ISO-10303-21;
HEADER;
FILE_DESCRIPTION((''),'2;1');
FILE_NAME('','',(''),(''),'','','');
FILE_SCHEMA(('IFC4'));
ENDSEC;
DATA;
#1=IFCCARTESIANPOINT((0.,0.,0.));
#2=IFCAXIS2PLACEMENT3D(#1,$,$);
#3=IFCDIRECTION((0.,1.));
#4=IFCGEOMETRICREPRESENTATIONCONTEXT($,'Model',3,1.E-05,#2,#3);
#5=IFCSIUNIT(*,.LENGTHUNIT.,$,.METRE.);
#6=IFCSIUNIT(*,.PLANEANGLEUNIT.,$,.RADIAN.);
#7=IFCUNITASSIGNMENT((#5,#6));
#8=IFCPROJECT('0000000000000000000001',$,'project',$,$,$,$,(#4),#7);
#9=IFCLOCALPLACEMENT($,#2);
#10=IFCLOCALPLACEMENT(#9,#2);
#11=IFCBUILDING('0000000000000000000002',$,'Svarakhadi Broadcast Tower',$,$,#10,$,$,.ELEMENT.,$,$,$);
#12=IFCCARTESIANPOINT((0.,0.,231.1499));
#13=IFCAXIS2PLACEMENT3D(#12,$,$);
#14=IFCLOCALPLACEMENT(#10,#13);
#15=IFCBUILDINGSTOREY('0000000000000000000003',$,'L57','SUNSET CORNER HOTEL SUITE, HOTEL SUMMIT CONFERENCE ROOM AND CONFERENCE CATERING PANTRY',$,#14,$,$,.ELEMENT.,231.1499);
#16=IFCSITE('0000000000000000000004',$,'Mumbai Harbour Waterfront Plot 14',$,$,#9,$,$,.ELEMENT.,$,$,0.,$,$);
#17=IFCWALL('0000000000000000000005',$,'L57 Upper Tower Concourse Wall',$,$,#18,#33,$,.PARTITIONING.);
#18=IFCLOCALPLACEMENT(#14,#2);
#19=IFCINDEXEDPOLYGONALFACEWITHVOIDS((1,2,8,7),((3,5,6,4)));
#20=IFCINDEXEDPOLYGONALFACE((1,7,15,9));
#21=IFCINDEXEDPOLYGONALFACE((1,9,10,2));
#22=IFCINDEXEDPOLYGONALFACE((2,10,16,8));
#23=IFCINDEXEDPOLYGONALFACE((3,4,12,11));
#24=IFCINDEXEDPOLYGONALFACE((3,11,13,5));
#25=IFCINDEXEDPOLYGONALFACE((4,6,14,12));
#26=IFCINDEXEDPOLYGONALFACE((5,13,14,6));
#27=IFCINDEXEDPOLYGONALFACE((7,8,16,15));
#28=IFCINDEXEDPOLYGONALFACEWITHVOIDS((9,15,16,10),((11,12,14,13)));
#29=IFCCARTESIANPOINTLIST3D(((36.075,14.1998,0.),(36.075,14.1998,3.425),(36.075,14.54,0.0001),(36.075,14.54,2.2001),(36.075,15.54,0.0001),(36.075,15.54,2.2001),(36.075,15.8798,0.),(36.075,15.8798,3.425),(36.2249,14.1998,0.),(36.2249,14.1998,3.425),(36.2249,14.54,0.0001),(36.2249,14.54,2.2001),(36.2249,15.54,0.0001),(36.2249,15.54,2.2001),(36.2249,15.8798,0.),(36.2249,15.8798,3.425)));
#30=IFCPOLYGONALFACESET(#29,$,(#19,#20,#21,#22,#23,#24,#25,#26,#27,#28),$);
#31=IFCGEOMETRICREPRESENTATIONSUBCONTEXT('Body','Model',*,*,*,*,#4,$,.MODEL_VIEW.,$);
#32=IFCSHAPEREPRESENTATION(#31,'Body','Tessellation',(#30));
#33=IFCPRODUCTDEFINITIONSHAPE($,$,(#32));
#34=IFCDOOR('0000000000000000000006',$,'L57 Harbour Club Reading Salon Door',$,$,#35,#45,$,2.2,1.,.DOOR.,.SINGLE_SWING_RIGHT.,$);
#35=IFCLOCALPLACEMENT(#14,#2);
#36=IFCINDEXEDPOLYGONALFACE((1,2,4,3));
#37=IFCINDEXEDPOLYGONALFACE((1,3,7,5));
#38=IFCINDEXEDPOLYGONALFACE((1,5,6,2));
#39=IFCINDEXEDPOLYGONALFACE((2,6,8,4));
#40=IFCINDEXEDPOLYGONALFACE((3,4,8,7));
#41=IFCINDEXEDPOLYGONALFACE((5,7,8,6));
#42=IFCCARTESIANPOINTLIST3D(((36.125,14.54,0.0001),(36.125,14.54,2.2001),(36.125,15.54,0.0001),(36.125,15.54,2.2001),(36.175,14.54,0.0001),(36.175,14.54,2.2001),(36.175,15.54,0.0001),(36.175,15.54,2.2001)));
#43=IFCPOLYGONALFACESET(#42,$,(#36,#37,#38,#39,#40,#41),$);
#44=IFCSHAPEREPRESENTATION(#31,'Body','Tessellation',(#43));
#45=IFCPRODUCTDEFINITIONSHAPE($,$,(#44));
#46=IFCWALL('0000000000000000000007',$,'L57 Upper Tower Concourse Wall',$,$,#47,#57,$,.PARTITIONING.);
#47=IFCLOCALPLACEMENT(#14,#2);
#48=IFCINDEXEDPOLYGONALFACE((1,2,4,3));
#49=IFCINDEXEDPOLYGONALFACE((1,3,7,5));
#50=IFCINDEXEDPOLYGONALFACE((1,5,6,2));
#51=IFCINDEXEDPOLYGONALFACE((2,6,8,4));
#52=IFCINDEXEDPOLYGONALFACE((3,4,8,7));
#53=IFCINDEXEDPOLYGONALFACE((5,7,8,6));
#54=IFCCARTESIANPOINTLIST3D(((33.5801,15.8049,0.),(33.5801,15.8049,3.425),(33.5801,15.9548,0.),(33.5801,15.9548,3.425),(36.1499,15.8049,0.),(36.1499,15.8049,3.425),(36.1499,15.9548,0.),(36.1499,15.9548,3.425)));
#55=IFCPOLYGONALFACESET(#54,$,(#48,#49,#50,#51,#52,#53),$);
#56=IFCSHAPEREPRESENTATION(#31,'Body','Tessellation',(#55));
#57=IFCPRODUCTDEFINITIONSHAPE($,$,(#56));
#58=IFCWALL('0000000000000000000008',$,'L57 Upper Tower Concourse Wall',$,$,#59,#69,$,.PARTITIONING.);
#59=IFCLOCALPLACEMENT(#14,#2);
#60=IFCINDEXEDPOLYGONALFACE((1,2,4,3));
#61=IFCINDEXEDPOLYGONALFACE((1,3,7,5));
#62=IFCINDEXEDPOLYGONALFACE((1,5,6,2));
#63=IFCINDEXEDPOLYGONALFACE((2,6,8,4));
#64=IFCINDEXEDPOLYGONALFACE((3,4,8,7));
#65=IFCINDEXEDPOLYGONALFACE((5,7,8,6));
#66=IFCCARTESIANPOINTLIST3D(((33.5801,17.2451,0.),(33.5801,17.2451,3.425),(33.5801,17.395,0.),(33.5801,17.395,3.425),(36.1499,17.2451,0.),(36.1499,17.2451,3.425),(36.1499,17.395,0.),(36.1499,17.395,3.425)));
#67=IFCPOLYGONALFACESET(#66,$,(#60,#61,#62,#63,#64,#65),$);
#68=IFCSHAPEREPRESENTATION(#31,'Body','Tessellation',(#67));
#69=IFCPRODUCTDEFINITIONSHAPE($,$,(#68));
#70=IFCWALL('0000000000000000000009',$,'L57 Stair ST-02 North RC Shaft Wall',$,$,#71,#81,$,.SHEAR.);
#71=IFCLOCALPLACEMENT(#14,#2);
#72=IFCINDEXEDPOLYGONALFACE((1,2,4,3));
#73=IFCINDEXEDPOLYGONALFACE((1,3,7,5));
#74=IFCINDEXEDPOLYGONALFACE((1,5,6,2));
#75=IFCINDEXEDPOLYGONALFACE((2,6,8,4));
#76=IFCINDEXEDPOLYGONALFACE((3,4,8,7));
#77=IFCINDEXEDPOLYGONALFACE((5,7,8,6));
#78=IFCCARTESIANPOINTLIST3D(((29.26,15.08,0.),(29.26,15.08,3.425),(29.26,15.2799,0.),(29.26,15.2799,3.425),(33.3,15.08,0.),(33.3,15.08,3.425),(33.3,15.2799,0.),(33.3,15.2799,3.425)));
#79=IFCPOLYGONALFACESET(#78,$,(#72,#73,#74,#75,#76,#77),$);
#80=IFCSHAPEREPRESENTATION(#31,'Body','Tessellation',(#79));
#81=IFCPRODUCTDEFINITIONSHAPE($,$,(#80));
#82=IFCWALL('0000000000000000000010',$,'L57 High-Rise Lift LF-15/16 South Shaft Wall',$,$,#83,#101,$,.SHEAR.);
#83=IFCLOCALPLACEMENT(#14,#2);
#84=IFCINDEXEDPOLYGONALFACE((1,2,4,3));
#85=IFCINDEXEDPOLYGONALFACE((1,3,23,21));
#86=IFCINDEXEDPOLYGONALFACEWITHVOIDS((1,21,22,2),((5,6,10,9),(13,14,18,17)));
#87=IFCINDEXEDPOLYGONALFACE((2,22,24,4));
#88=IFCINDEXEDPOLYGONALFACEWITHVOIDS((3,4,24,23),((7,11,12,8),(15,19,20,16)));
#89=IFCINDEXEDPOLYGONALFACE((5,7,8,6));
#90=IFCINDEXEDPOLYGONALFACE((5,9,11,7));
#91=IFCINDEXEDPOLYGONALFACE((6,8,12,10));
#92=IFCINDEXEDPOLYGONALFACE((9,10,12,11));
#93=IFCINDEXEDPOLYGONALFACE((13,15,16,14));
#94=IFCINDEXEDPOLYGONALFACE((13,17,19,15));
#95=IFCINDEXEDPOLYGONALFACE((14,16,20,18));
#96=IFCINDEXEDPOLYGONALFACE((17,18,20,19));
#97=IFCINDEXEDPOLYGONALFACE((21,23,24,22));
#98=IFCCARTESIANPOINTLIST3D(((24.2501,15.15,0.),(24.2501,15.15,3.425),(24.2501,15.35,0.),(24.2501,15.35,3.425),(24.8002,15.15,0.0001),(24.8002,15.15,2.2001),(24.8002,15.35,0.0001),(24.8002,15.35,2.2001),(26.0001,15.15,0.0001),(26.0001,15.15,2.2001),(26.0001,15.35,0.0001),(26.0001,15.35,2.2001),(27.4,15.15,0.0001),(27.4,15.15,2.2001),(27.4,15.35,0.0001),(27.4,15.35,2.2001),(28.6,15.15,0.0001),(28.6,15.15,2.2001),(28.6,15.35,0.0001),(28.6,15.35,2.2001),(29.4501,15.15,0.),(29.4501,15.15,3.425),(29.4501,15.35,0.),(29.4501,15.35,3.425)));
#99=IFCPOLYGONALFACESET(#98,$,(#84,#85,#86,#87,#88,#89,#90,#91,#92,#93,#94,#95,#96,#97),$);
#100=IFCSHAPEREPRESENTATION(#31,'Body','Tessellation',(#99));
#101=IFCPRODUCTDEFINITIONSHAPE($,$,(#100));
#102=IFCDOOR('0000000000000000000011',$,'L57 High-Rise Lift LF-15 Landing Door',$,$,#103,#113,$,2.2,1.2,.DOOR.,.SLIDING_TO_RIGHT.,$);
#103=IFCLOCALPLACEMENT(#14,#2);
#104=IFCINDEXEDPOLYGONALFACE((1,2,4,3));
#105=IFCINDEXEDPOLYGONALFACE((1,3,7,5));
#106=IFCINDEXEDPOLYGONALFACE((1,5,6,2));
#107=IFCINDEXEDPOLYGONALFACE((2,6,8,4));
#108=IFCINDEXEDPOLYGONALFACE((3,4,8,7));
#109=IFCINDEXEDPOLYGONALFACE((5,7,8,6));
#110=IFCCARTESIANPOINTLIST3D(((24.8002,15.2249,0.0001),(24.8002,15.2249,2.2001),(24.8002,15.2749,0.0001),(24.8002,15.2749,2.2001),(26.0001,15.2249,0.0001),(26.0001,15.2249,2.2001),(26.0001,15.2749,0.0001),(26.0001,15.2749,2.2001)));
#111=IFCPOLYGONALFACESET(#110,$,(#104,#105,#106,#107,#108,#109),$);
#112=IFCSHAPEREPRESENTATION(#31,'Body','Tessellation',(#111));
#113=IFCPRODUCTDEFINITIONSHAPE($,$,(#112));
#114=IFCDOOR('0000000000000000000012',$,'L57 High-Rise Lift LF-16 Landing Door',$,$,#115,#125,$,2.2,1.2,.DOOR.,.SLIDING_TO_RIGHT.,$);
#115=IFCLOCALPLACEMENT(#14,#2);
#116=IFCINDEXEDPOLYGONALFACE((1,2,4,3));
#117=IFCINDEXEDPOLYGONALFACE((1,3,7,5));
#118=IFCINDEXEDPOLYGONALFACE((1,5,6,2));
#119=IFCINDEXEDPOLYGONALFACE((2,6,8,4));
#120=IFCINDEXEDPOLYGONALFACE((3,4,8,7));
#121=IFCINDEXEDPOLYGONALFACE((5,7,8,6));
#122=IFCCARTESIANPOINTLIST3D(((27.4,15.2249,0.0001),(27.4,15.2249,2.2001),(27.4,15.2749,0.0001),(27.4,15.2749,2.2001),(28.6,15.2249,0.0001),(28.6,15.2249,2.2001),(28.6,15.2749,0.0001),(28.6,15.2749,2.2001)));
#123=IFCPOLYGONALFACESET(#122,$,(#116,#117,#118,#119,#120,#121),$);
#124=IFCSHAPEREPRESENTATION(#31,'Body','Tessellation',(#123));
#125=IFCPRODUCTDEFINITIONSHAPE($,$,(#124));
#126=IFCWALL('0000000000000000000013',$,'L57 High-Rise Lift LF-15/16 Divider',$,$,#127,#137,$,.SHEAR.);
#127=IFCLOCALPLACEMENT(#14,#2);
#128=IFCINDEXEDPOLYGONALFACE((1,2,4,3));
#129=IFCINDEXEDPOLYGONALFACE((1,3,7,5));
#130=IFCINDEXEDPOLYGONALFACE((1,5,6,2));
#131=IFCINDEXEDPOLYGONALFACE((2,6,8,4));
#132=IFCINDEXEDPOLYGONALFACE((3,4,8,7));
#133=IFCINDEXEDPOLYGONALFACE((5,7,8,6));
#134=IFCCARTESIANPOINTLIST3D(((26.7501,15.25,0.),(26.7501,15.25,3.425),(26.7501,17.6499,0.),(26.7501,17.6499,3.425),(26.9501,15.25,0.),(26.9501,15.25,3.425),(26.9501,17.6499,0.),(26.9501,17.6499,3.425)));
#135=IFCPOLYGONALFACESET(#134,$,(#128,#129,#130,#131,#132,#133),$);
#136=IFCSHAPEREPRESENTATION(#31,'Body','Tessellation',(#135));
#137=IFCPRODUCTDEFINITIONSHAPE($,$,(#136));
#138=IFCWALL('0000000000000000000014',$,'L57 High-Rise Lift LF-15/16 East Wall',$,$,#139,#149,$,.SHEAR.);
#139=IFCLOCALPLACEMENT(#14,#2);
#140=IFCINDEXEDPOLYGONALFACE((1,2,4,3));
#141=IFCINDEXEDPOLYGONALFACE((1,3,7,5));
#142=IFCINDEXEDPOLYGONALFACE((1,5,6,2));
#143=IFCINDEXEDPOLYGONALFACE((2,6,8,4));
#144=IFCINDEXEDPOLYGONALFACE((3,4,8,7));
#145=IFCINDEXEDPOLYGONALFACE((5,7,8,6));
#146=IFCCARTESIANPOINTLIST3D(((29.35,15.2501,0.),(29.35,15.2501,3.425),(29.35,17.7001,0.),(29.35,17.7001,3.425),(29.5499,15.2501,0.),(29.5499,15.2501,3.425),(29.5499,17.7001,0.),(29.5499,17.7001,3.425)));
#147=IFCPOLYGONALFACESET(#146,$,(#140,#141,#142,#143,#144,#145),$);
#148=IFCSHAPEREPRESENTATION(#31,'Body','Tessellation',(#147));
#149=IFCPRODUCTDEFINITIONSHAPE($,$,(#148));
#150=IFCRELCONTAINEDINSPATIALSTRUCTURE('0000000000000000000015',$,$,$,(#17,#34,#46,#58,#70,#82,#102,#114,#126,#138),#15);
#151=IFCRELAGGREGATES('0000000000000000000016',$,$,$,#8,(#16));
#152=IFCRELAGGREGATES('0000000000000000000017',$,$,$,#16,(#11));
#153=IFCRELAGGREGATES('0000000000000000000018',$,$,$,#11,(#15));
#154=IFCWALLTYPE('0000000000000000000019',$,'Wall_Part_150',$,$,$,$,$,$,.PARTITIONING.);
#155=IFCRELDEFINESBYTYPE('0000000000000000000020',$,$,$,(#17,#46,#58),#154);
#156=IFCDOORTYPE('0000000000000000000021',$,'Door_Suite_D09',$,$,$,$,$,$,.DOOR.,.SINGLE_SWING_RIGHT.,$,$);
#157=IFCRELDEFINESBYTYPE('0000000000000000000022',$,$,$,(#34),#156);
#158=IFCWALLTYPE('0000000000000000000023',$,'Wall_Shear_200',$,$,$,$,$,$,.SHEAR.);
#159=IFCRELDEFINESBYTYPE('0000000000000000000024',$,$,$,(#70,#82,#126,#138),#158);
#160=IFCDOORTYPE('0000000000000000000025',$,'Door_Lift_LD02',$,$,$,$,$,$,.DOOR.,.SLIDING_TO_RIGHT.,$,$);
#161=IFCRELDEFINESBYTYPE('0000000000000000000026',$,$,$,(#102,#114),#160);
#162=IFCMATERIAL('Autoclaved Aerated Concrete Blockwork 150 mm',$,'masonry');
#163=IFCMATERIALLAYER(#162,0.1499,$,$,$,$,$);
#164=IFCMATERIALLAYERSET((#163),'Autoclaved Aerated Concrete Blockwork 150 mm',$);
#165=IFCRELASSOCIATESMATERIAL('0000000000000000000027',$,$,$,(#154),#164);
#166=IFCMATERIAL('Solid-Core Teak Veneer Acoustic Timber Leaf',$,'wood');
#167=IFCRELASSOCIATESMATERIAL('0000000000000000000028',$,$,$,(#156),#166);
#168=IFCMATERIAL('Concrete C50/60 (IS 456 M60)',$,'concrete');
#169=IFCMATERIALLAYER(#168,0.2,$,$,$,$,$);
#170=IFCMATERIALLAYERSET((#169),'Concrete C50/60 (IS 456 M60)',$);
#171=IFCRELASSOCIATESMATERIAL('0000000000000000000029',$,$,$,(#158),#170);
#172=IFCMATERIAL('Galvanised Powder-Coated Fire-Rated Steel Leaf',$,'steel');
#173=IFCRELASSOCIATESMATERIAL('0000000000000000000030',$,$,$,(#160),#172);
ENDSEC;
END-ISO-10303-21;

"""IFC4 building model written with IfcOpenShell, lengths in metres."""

from ifc_helpers import new_model, si_unit, direction, frame, frame_2d, origin, place, context, subcontext, project, spatial, rectangle, extrude, material, layer, layer_set, type_object, element, fill, save


model = new_model("IFC4")

# Units and contexts
model_context = context("Model", 3, precision=1e-05, world=origin(), true_north=direction((0.0, 1.0)))
body_context = subcontext(model_context, "Body", "Model", "MODEL_VIEW")
ifc_project = project(units=[si_unit("LENGTHUNIT", "METRE"), si_unit("PLANEANGLEUNIT", "RADIAN")], contexts=[model_context])

# Site, building, storey
site_placement = place(None, origin())
site = spatial("IfcSite", under=ifc_project, at=site_placement, Name="Mumbai Harbour Waterfront Plot 14", CompositionType="ELEMENT", RefElevation=0.0)
building_placement = place(site_placement, origin())
building = spatial("IfcBuilding", under=site, at=building_placement, Name="Svarakhadi Broadcast Tower", CompositionType="ELEMENT")
storey_placement = place(building_placement, frame((0.0, 0.0, 231.1499)))
storey = spatial("IfcBuildingStorey", under=building, at=storey_placement, Name="L57", Description="SUNSET CORNER HOTEL SUITE, HOTEL SUMMIT CONFERENCE ROOM AND CONFERENCE CATERING PANTRY", CompositionType="ELEMENT", Elevation=231.1499)

# Shared definitions
ifc_material_1 = material(Name="Concrete C50/60 (IS 456 M60)", Category="concrete")

# Shared definitions
ifc_material_2 = material(Name="Autoclaved Aerated Concrete Blockwork 150 mm", Category="masonry")
ifc_layer_1 = layer(ifc_material_2, 0.1499)
ifc_layer_set_1 = layer_set([ifc_layer_1], Name="Autoclaved Aerated Concrete Blockwork 150 mm")
wall_type_1 = type_object("IfcWallType", Name="Wall_Part_150", PredefinedType="PARTITIONING", material=ifc_layer_set_1)
ifc_material_3 = material(Name="Galvanised Powder-Coated Fire-Rated Steel Leaf", Category="steel")

# Wall, opening, door
wall_1_placement = place(storey_placement, frame((36.1499, 14.2, 0.0), z_axis=(0.0, 0.0, 1.0), x_axis=(0.0, 1.0, 0.0)))
wall_1 = element("IfcWall", 1, at=wall_1_placement, inside=storey, type_object=wall_type_1, Name="L57 Upper Tower Concourse Wall", PredefinedType="PARTITIONING", context=body_context, shape_type="SweptSolid", body=[
    extrude(rectangle(XDim=1.6799, YDim=0.1499, at=frame_2d((0.8398, 0.0))), origin(), (0.0, 0.0, 1.0), 3.425),
])
opening_1_placement = place(wall_1_placement, frame((0.3401, 0.0, 0.0)))
opening_1 = element("IfcOpeningElement", 2, at=opening_1_placement, cuts=wall_1, PredefinedType="OPENING", context=body_context, shape_type="SweptSolid", body=[
    extrude(rectangle(XDim=1.0, YDim=2.2, at=frame_2d((0.5, 1.1001))), frame((0.0, 0.085, 0.0), z_axis=(0.0, -1.0, 0.0), x_axis=(1.0, 0.0, 0.0)), (0.0, 0.0, 1.0), 0.1699),
])
ifc_material_4 = material(Name="Solid-Core Teak Veneer Acoustic Timber Leaf", Category="wood")
door_type_1 = type_object("IfcDoorType", Name="Door_Suite_D09", OperationType="SINGLE_SWING_RIGHT", PredefinedType="DOOR", material=ifc_material_4)
door_1_placement = place(opening_1_placement, origin())
door_1 = element("IfcDoor", 3, at=door_1_placement, inside=storey, type_object=door_type_1, Name="L57 Harbour Club Reading Salon Door", OperationType="SINGLE_SWING_RIGHT", OverallHeight=2.2, OverallWidth=1.0, PredefinedType="DOOR", context=body_context, shape_type="SweptSolid", body=[
    extrude(rectangle(XDim=1.0, YDim=2.2, at=frame_2d((0.5, 1.1001))), frame((0.0, 0.0249, 0.0), z_axis=(0.0, -1.0, 0.0), x_axis=(1.0, 0.0, 0.0)), (0.0, 0.0, 1.0), 0.05),
])
fill(opening_1, door_1)

# Walls
for number, where, z_axis, x_axis, name in (
    (4, (36.1499, 15.8799, 0.0), (0.0, 0.0, 1.0), (-1.0, 0.0, 0.0), "L57 Upper Tower Concourse Wall"),
    (5, (33.5801, 17.3201, 0.0), (0.0, 0.0, 1.0), (1.0, 0.0, 0.0), "L57 Upper Tower Concourse Wall"),
):
    element("IfcWall", number, at=place(storey_placement, frame(where, z_axis=z_axis, x_axis=x_axis)), inside=storey, type_object=wall_type_1, Name=name, PredefinedType="PARTITIONING", context=body_context, shape_type="SweptSolid", body=[
        extrude(rectangle(XDim=2.5698, YDim=0.1499, at=frame_2d((1.2849, 0.0))), origin(), (0.0, 0.0, 1.0), 3.425),
    ])
ifc_layer_2 = layer(ifc_material_1, 0.2)
ifc_layer_set_2 = layer_set([ifc_layer_2], Name="Concrete C50/60 (IS 456 M60)")
wall_type_2 = type_object("IfcWallType", Name="Wall_Shear_200", PredefinedType="SHEAR", material=ifc_layer_set_2)
wall_2_placement = place(storey_placement, frame((29.26, 15.1799, 0.0), z_axis=(0.0, 0.0, 1.0), x_axis=(1.0, 0.0, 0.0)))
element("IfcWall", 6, at=wall_2_placement, inside=storey, type_object=wall_type_2, Name="L57 Stair ST-02 North RC Shaft Wall", PredefinedType="SHEAR", context=body_context, shape_type="SweptSolid", body=[
    extrude(rectangle(XDim=4.04, YDim=0.2, at=frame_2d((2.02, 0.0))), origin(), (0.0, 0.0, 1.0), 3.425),
])

# Wall, openings, doors
wall_3_placement = place(storey_placement, frame((24.25, 15.25, 0.0), z_axis=(0.0, 0.0, 1.0), x_axis=(1.0, 0.0, 0.0)))
wall_3 = element("IfcWall", 7, at=wall_3_placement, inside=storey, type_object=wall_type_2, Name="L57 High-Rise Lift LF-15/16 South Shaft Wall", PredefinedType="SHEAR", context=body_context, shape_type="SweptSolid", body=[
    extrude(rectangle(XDim=5.2, YDim=0.2, at=frame_2d((2.6001, 0.0))), origin(), (0.0, 0.0, 1.0), 3.425),
])
opening_2_placement = place(wall_3_placement, frame((0.55, 0.0, 0.0)))
opening_2 = element("IfcOpeningElement", 8, at=opening_2_placement, cuts=wall_3, PredefinedType="OPENING", context=body_context, shape_type="SweptSolid", body=[
    extrude(rectangle(XDim=1.2, YDim=2.2, at=frame_2d((0.6001, 1.1001))), frame((0.0, 0.1099, 0.0), z_axis=(0.0, -1.0, 0.0), x_axis=(1.0, 0.0, 0.0)), (0.0, 0.0, 1.0), 0.22),
])
opening_3_placement = place(wall_3_placement, frame((3.1499, 0.0, 0.0)))
opening_3 = element("IfcOpeningElement", 9, at=opening_3_placement, cuts=wall_3, PredefinedType="OPENING", context=body_context, shape_type="SweptSolid", body=[
    extrude(rectangle(XDim=1.2, YDim=2.2, at=frame_2d((0.6001, 1.1001))), frame((0.0, 0.1099, 0.0), z_axis=(0.0, -1.0, 0.0), x_axis=(1.0, 0.0, 0.0)), (0.0, 0.0, 1.0), 0.22),
])
door_type_2 = type_object("IfcDoorType", Name="Door_Lift_LD02", OperationType="SLIDING_TO_RIGHT", PredefinedType="DOOR", material=ifc_material_3)
door_2_placement = place(opening_2_placement, origin())
door_2 = element("IfcDoor", 10, at=door_2_placement, inside=storey, type_object=door_type_2, Name="L57 High-Rise Lift LF-15 Landing Door", OperationType="SLIDING_TO_RIGHT", OverallHeight=2.2, OverallWidth=1.2, PredefinedType="DOOR", context=body_context, shape_type="SweptSolid", body=[
    extrude(rectangle(XDim=1.2, YDim=2.2, at=frame_2d((0.6001, 1.1001))), frame((0.0, 0.0249, 0.0), z_axis=(0.0, -1.0, 0.0), x_axis=(1.0, 0.0, 0.0)), (0.0, 0.0, 1.0), 0.05),
])
fill(opening_2, door_2)
door_3_placement = place(opening_3_placement, origin())
door_3 = element("IfcDoor", 11, at=door_3_placement, inside=storey, type_object=door_type_2, Name="L57 High-Rise Lift LF-16 Landing Door", OperationType="SLIDING_TO_RIGHT", OverallHeight=2.2, OverallWidth=1.2, PredefinedType="DOOR", context=body_context, shape_type="SweptSolid", body=[
    extrude(rectangle(XDim=1.2, YDim=2.2, at=frame_2d((0.6001, 1.1001))), frame((0.0, 0.0249, 0.0), z_axis=(0.0, -1.0, 0.0), x_axis=(1.0, 0.0, 0.0)), (0.0, 0.0, 1.0), 0.05),
])
fill(opening_3, door_3)

# Walls
wall_4_placement = place(storey_placement, frame((26.8501, 15.25, 0.0), z_axis=(0.0, 0.0, 1.0), x_axis=(0.0, 1.0, 0.0)))
element("IfcWall", 12, at=wall_4_placement, inside=storey, type_object=wall_type_2, Name="L57 High-Rise Lift LF-15/16 Divider", PredefinedType="SHEAR", context=body_context, shape_type="SweptSolid", body=[
    extrude(rectangle(XDim=2.3999, YDim=0.2, at=frame_2d((1.2, 0.0))), origin(), (0.0, 0.0, 1.0), 3.425),
])
wall_5_placement = place(storey_placement, frame((29.45, 15.25, 0.0), z_axis=(0.0, 0.0, 1.0), x_axis=(0.0, 1.0, 0.0)))
element("IfcWall", 13, at=wall_5_placement, inside=storey, type_object=wall_type_2, Name="L57 High-Rise Lift LF-15/16 East Wall", PredefinedType="SHEAR", context=body_context, shape_type="SweptSolid", body=[
    extrude(rectangle(XDim=2.45, YDim=0.2, at=frame_2d((1.2251, 0.0))), origin(), (0.0, 0.0, 1.0), 3.425),
])

save(model, "model.ifc")
